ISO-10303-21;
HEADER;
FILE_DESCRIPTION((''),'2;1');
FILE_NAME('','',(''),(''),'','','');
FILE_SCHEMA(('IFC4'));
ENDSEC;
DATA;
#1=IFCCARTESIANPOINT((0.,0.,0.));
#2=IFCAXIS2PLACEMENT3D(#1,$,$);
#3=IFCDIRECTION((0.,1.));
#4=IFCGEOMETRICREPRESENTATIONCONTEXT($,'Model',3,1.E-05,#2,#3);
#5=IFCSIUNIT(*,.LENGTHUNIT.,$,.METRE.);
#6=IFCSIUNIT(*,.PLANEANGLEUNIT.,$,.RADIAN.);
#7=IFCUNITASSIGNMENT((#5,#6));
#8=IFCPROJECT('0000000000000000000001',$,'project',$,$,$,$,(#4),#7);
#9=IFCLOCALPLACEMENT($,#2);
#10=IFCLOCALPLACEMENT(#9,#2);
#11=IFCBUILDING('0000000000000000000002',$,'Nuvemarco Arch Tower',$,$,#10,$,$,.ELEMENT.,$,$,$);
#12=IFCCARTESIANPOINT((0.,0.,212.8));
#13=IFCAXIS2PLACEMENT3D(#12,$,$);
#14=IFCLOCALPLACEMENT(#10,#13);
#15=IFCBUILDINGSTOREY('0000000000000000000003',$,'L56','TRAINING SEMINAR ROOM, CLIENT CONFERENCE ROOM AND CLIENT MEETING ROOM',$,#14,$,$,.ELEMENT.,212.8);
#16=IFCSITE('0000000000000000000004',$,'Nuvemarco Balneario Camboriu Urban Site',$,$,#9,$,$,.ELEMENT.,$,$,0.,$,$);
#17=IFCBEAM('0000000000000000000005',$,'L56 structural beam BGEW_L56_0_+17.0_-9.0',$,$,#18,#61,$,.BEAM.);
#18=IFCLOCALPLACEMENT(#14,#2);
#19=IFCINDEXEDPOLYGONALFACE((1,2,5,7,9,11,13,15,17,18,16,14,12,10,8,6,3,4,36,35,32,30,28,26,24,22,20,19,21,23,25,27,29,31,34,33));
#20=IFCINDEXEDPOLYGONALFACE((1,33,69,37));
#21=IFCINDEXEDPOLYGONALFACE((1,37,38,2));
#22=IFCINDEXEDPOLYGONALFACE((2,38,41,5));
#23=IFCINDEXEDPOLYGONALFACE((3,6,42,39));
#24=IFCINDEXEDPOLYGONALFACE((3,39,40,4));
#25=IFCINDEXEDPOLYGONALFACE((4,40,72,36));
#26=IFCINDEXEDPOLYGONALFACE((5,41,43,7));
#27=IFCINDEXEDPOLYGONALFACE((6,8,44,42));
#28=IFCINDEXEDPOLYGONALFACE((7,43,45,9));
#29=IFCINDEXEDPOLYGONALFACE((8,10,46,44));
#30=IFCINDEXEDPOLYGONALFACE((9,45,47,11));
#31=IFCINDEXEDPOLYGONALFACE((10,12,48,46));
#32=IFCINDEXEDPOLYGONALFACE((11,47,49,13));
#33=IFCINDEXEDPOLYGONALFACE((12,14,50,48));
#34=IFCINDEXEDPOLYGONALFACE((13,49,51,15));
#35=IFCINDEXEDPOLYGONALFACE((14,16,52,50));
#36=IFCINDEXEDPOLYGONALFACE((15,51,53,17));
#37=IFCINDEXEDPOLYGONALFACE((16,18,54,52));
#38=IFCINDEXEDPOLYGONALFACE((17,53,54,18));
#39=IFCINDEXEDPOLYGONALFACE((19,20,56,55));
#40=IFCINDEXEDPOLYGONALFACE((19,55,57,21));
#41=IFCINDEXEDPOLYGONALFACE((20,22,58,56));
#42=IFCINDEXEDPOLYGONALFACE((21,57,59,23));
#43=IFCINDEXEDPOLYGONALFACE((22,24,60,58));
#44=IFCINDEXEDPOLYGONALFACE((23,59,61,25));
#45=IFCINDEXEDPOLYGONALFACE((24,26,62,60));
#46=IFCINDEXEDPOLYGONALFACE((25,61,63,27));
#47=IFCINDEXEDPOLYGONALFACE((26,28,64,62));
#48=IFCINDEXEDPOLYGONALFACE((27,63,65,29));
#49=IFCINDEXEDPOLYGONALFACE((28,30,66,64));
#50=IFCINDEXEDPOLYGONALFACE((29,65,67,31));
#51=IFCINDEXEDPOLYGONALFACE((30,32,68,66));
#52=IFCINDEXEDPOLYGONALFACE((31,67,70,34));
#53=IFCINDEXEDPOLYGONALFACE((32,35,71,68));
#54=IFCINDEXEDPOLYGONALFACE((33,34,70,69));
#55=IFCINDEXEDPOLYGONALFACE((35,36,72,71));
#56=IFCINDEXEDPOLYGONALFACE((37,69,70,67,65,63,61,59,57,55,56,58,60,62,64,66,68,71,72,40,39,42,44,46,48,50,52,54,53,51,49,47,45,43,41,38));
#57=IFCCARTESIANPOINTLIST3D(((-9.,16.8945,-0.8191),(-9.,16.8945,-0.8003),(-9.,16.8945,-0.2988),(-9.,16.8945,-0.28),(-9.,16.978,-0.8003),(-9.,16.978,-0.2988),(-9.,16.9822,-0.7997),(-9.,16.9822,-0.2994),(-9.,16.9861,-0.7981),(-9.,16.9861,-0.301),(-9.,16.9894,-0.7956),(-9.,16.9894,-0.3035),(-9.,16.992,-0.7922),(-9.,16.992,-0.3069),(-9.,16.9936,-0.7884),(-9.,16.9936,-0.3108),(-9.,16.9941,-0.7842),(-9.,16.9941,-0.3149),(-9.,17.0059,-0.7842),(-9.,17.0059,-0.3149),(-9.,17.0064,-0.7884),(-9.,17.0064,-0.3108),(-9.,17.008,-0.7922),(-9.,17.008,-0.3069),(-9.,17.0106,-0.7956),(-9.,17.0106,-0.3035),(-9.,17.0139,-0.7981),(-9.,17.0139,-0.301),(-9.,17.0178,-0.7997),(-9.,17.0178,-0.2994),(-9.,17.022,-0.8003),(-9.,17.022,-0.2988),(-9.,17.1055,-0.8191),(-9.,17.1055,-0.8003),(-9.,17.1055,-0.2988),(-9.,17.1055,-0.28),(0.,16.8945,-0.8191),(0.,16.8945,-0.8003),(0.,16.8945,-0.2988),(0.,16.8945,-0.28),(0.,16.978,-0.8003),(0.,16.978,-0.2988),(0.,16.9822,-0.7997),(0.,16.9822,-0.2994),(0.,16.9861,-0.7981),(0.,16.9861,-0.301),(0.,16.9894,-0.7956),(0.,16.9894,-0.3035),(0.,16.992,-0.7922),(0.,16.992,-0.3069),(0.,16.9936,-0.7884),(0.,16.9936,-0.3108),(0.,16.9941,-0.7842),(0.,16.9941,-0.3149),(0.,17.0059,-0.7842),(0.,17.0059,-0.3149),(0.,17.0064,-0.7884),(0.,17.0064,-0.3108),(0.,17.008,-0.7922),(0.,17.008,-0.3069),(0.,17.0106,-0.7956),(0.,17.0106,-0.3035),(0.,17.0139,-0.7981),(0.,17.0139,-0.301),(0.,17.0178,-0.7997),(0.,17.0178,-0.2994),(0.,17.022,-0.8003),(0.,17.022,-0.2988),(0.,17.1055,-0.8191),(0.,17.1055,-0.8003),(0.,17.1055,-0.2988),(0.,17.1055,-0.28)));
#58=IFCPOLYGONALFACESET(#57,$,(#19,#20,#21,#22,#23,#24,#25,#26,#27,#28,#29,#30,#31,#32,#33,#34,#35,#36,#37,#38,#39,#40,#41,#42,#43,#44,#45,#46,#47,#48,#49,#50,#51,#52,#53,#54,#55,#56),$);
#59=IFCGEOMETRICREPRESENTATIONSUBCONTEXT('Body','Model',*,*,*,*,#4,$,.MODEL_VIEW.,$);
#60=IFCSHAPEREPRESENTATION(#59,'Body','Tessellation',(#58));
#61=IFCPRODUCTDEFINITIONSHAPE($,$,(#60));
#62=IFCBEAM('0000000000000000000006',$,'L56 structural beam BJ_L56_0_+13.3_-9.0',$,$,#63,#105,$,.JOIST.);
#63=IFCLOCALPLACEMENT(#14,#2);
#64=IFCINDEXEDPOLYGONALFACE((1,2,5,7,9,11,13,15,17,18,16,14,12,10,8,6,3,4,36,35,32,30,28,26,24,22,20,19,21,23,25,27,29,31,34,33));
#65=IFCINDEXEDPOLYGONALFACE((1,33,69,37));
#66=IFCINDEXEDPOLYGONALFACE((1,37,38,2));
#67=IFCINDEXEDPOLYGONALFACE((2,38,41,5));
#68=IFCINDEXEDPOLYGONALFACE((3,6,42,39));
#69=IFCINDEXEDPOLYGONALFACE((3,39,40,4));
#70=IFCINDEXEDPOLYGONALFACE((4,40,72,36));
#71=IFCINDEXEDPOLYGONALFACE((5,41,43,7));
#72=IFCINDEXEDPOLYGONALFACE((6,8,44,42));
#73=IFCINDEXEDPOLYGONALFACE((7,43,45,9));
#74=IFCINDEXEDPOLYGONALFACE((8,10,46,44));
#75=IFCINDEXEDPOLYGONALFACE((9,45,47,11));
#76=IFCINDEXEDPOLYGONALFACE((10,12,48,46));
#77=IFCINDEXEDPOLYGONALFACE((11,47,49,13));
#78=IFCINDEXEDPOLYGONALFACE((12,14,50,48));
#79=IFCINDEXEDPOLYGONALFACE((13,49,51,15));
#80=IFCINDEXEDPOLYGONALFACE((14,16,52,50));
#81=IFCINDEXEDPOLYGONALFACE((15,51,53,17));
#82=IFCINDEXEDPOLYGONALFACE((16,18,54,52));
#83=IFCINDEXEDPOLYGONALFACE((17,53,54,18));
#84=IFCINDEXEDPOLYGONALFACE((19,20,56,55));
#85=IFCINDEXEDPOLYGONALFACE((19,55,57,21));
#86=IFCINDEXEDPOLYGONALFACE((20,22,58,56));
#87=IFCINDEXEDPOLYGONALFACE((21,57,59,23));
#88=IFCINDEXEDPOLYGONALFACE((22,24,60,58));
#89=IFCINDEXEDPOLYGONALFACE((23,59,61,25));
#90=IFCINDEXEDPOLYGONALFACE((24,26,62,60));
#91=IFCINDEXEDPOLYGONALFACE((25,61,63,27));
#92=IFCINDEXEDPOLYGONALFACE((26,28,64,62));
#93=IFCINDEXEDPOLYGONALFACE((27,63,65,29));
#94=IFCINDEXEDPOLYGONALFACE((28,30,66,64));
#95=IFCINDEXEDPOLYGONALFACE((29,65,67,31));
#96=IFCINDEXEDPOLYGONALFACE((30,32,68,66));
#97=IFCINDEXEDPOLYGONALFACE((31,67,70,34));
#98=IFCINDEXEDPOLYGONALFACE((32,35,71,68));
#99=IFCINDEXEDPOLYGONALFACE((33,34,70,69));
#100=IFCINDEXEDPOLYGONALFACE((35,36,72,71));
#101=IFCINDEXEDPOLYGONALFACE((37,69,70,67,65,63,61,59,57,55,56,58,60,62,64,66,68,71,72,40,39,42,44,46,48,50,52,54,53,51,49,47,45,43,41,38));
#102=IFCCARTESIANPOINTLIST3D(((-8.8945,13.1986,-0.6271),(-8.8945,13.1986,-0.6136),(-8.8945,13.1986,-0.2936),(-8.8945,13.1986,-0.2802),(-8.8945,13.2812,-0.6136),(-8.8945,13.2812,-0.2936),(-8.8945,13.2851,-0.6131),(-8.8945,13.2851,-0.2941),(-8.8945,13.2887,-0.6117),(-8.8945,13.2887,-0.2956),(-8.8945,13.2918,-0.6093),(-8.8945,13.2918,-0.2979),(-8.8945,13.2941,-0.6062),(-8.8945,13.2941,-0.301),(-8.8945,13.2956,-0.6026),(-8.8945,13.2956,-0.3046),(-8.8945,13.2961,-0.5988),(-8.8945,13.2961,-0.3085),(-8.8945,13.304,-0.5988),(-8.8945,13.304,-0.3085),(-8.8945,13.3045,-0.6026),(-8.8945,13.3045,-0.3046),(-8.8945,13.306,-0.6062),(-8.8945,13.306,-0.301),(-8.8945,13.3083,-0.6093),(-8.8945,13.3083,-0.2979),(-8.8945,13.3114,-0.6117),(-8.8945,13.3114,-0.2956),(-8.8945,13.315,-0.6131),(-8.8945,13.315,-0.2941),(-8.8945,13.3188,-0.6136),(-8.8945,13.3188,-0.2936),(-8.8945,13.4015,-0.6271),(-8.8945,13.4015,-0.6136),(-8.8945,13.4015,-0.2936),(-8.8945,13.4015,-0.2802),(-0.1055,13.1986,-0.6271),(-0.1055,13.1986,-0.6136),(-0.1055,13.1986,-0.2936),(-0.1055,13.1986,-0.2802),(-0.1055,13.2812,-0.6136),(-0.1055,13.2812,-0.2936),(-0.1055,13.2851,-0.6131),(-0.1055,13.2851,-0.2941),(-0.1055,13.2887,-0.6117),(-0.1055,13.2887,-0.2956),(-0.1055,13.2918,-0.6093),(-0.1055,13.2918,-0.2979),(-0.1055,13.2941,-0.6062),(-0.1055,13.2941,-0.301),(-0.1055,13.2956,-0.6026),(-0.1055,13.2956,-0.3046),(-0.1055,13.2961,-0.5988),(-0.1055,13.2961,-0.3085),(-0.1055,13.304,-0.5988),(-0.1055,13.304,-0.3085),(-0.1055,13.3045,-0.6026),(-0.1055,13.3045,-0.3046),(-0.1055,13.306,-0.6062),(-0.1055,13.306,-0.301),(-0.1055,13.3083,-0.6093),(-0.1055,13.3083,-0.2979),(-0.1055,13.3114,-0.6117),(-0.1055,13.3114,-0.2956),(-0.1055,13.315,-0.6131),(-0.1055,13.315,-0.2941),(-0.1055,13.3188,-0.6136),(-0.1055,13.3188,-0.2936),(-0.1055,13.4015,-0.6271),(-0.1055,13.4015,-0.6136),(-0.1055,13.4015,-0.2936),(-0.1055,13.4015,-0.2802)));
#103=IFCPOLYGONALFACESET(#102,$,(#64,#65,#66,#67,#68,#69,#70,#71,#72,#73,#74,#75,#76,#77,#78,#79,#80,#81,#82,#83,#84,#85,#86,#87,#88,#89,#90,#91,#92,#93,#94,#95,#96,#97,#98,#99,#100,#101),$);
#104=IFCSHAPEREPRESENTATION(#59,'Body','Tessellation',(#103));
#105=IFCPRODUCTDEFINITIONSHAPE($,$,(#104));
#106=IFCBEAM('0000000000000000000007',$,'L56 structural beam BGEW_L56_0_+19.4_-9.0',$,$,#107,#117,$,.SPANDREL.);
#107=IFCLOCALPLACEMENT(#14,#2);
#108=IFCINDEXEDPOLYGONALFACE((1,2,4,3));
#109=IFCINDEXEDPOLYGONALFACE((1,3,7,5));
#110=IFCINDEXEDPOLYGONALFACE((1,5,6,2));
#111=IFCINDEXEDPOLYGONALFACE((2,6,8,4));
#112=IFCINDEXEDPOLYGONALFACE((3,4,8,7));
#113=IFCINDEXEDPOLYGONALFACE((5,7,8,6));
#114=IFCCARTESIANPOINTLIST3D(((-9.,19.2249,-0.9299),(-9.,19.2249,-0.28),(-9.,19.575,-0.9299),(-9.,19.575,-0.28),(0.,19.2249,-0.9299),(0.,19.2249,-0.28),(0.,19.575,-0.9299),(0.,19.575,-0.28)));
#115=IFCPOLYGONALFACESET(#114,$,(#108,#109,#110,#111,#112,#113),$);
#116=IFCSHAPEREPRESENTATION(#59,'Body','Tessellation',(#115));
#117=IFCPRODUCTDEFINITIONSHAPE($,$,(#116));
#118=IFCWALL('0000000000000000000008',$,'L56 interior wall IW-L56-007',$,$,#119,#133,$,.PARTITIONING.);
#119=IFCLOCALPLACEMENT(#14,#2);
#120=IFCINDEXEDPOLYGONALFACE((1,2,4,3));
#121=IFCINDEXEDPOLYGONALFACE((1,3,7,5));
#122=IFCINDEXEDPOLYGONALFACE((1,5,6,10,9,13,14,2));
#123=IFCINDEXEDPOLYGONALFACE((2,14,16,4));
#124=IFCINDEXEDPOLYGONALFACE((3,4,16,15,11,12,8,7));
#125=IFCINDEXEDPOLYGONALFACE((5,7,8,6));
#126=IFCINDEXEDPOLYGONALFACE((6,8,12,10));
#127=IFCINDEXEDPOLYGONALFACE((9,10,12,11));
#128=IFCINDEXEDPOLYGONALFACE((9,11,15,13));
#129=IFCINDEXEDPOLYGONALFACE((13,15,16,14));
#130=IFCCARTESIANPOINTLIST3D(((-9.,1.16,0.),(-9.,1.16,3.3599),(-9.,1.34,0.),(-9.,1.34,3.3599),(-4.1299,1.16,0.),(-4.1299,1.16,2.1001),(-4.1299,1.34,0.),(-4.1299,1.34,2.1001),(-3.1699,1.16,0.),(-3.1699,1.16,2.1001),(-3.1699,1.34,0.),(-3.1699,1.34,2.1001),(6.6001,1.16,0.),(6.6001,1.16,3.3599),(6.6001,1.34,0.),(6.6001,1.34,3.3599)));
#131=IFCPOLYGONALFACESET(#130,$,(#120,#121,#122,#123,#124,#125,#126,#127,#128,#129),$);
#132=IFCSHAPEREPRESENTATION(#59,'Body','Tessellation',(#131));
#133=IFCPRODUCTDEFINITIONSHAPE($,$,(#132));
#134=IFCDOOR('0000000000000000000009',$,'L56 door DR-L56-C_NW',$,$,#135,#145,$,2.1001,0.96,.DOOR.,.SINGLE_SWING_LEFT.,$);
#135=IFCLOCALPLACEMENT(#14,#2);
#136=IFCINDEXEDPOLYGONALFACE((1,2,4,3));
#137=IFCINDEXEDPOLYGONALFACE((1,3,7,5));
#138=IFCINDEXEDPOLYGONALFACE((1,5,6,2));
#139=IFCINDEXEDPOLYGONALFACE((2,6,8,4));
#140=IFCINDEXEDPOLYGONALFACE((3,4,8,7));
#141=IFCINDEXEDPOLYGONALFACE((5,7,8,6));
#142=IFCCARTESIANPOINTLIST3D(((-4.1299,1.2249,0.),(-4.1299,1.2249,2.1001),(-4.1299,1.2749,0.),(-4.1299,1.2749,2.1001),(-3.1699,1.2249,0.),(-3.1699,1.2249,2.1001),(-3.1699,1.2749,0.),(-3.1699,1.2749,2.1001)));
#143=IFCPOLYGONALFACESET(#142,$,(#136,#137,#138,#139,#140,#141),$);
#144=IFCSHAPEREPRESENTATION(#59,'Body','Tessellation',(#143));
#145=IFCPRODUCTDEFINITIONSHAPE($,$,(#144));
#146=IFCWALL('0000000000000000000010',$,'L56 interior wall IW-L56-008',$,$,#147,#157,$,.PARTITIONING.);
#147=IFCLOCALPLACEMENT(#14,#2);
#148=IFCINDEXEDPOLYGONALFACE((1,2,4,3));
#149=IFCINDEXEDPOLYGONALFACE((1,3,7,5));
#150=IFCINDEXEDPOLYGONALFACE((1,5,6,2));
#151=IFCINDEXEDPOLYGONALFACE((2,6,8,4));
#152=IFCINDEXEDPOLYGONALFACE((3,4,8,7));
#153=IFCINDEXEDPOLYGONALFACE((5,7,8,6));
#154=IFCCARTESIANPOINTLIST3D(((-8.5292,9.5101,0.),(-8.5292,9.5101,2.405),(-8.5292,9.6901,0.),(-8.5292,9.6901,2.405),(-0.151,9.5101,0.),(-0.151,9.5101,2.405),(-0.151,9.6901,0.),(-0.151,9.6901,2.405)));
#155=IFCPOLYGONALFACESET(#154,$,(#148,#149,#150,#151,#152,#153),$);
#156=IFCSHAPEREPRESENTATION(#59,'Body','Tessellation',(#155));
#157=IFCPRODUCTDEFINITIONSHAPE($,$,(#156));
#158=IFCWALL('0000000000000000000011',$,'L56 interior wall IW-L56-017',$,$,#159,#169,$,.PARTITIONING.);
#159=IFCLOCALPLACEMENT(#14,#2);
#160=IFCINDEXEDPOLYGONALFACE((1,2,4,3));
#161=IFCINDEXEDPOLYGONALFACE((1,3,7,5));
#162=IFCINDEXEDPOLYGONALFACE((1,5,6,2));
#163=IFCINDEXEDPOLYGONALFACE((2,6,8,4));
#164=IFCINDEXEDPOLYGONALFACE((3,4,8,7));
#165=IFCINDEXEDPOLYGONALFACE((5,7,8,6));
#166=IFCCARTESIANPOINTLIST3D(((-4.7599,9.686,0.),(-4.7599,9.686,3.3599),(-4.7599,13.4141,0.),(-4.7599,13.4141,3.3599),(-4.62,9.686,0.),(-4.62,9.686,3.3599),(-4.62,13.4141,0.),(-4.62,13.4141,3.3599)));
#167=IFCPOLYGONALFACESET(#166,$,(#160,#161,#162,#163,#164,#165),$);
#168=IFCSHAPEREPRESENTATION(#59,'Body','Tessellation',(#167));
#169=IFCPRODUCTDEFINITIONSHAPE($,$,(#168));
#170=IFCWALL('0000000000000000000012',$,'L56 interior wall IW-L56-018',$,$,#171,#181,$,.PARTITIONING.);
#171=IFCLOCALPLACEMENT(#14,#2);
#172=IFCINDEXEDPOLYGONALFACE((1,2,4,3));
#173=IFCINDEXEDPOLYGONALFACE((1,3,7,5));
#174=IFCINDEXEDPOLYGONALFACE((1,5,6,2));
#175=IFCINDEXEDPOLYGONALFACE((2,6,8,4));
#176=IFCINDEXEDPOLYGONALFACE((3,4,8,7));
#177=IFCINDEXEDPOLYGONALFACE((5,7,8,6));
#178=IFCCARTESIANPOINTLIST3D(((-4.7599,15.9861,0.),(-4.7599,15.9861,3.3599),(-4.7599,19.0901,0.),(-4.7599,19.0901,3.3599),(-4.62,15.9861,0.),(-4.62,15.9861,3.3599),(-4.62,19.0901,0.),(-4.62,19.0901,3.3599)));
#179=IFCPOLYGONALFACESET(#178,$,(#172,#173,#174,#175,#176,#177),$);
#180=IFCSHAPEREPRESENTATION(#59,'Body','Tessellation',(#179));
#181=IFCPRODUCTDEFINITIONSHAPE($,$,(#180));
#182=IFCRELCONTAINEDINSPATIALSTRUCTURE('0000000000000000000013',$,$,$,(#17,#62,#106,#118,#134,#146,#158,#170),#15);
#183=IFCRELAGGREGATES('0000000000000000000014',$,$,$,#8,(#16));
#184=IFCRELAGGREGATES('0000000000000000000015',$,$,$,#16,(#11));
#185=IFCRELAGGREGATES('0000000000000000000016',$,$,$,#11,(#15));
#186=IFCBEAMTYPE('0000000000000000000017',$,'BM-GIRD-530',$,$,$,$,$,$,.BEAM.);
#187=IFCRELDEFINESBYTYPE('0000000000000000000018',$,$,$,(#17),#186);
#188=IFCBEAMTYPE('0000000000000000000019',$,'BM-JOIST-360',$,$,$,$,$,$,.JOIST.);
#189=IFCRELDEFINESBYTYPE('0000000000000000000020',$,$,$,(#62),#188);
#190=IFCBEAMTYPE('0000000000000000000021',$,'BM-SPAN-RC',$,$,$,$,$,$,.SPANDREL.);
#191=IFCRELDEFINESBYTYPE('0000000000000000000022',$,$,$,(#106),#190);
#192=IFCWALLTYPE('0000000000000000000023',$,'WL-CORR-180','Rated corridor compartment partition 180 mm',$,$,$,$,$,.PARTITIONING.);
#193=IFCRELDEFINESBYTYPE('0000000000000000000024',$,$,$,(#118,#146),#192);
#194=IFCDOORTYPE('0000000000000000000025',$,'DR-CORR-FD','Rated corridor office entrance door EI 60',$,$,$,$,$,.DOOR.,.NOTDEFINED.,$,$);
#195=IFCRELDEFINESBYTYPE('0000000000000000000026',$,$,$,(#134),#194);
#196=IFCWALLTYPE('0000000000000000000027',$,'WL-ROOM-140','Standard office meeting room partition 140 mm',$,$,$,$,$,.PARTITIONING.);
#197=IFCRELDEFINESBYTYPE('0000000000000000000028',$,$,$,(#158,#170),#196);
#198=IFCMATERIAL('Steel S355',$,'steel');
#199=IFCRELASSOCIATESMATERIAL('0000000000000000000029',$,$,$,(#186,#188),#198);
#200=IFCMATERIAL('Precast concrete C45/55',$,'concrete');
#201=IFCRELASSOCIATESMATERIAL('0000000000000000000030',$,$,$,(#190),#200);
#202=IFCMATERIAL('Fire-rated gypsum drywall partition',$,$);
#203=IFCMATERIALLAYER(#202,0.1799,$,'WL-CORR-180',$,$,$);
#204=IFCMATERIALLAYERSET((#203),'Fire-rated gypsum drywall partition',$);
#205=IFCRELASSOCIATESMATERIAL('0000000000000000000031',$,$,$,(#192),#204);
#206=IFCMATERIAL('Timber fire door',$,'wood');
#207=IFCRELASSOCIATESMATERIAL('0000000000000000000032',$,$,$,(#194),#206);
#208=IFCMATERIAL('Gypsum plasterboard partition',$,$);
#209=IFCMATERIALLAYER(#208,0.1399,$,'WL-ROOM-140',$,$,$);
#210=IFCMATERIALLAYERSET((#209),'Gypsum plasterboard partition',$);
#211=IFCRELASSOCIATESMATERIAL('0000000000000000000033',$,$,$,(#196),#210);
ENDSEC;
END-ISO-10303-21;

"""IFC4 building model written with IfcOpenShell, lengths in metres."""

from ifc_helpers import new_model, si_unit, direction, frame, frame_2d, origin, origin_2d, place, context, subcontext, project, spatial, rectangle, i_section, extrude, source, transform, mapped, material, layer, layer_set, material_profile, profile_set, type_object, type_shapes, element, fill, save


model = new_model("IFC4")

# Units and contexts
model_context = context("Model", 3, precision=1e-05, world=origin(), true_north=direction((0.0, 1.0)))
body_context = subcontext(model_context, "Body", "Model", "MODEL_VIEW")
ifc_project = project(units=[si_unit("LENGTHUNIT", "METRE"), si_unit("PLANEANGLEUNIT", "RADIAN")], contexts=[model_context])

# Site, building, storey
site_placement = place(None, origin())
site = spatial("IfcSite", under=ifc_project, at=site_placement, Name="Nuvemarco Balneario Camboriu Urban Site", CompositionType="ELEMENT", RefElevation=0.0)
building_placement = place(site_placement, origin())
building = spatial("IfcBuilding", under=site, at=building_placement, Name="Nuvemarco Arch Tower", CompositionType="ELEMENT")
storey_placement = place(building_placement, frame((0.0, 0.0, 212.8)))
storey = spatial("IfcBuildingStorey", under=building, at=storey_placement, Name="L56", Description="TRAINING SEMINAR ROOM, CLIENT CONFERENCE ROOM AND CLIENT MEETING ROOM", CompositionType="ELEMENT", Elevation=212.8)

# Shared definitions
ifc_material_1 = material(Name="Steel S355", Category="steel")

# Beams
ifc_material_profile_1 = material_profile(ifc_material_1, i_section(OverallWidth=0.2109, OverallDepth=0.5391, WebThickness=0.0117, FlangeThickness=0.0188, FilletRadius=0.0161, at=origin_2d()), Name="W530x109")
ifc_profile_set_1 = profile_set([ifc_material_profile_1], Name="Steel S355")
beam_type_1 = type_object("IfcBeamType", Name="BM-GIRD-530", PredefinedType="BEAM", material=ifc_profile_set_1)
beam_1_placement = place(storey_placement, frame((-9.0, 17.0, -0.5496), z_axis=(1.0, 0.0, 0.0), x_axis=(0.0, 1.0, 0.0)))
element("IfcBeam", 1, at=beam_1_placement, inside=storey, type_object=beam_type_1, Name="L56 structural beam BGEW_L56_0_+17.0_-9.0", PredefinedType="BEAM", context=body_context, shape_type="SweptSolid", body=[
    extrude(i_section(OverallWidth=0.2109, OverallDepth=0.5391, WebThickness=0.0117, FlangeThickness=0.0188, FilletRadius=0.0161, at=origin_2d()), origin(), (0.0, 0.0, 1.0), 9.0),
])
ifc_material_profile_2 = material_profile(ifc_material_1, i_section(OverallWidth=0.2029, OverallDepth=0.3469, WebThickness=0.0078, FlangeThickness=0.0134, FilletRadius=0.0149, at=origin_2d()), Name="W360x64")
ifc_profile_set_2 = profile_set([ifc_material_profile_2], Name="Steel S355")
beam_type_2 = type_object("IfcBeamType", Name="BM-JOIST-360", PredefinedType="JOIST", material=ifc_profile_set_2)
beam_2_placement = place(storey_placement, frame((-8.8945, 13.3, -0.4536), z_axis=(1.0, 0.0, 0.0), x_axis=(0.0, 1.0, 0.0)))
element("IfcBeam", 2, at=beam_2_placement, inside=storey, type_object=beam_type_2, Name="L56 structural beam BJ_L56_0_+13.3_-9.0", PredefinedType="JOIST", context=body_context, shape_type="SweptSolid", body=[
    extrude(i_section(OverallWidth=0.2029, OverallDepth=0.3469, WebThickness=0.0078, FlangeThickness=0.0134, FilletRadius=0.0149, at=origin_2d()), origin(), (0.0, 0.0, 1.0), 8.7891),
])
ifc_material_2 = material(Name="Precast concrete C45/55", Category="concrete")
ifc_material_profile_3 = material_profile(ifc_material_2, rectangle(XDim=0.3501, YDim=0.6499, at=origin_2d()), Name="PC-SP-350x650")
ifc_profile_set_3 = profile_set([ifc_material_profile_3], Name="Precast concrete C45/55")
beam_type_3 = type_object("IfcBeamType", Name="BM-SPAN-RC", PredefinedType="SPANDREL", material=ifc_profile_set_3)
beam_3_placement = place(storey_placement, frame((-9.0, 19.3999, -0.605), z_axis=(1.0, 0.0, 0.0), x_axis=(0.0, 1.0, 0.0)))
element("IfcBeam", 3, at=beam_3_placement, inside=storey, type_object=beam_type_3, Name="L56 structural beam BGEW_L56_0_+19.4_-9.0", PredefinedType="SPANDREL", context=body_context, shape_type="SweptSolid", body=[
    extrude(rectangle(XDim=0.3501, YDim=0.6499, at=origin_2d()), origin(), (0.0, 0.0, 1.0), 9.0),
])

# Wall, opening, door
ifc_material_3 = material(Name="Fire-rated gypsum drywall partition")
ifc_layer_1 = layer(ifc_material_3, 0.1799, Name="WL-CORR-180")
ifc_layer_set_1 = layer_set([ifc_layer_1], Name="Fire-rated gypsum drywall partition")
wall_type_1 = type_object("IfcWallType", Name="WL-CORR-180", Description="Rated corridor compartment partition 180 mm", PredefinedType="PARTITIONING", material=ifc_layer_set_1)
wall_1_placement = place(storey_placement, frame((-9.0, 1.25, 0.0), z_axis=(0.0, 0.0, 1.0), x_axis=(1.0, 0.0, 0.0)))
wall_1 = element("IfcWall", 4, at=wall_1_placement, inside=storey, type_object=wall_type_1, Name="L56 interior wall IW-L56-007", PredefinedType="PARTITIONING", context=body_context, shape_type="SweptSolid", body=[
    extrude(rectangle(XDim=15.6001, YDim=0.1799, at=frame_2d((7.8, 0.0))), origin(), (0.0, 0.0, 1.0), 3.3599),
])
opening_1_placement = place(wall_1_placement, frame((4.8701, 0.0, 0.0)))
opening_1 = element("IfcOpeningElement", 5, at=opening_1_placement, cuts=wall_1, PredefinedType="OPENING", context=body_context, shape_type="SweptSolid", body=[
    extrude(rectangle(XDim=0.96, YDim=2.1001, at=frame_2d((0.48, 1.05))), frame((0.0, 0.0999, 0.0), z_axis=(0.0, -1.0, 0.0), x_axis=(1.0, 0.0, 0.0)), (0.0, 0.0, 1.0), 0.2),
])
ifc_material_4 = material(Name="Timber fire door", Category="wood")
door_type_1 = type_object("IfcDoorType", Name="DR-CORR-FD", Description="Rated corridor office entrance door EI 60", OperationType="NOTDEFINED", PredefinedType="DOOR", material=ifc_material_4)
shared_shape_1 = source(origin(), body_context, "Body", "SweptSolid", [
    extrude(rectangle(XDim=0.96, YDim=2.1001, at=frame_2d((0.48, 1.05))), frame((0.0, 0.0249, 0.0), z_axis=(0.0, -1.0, 0.0), x_axis=(1.0, 0.0, 0.0)), (0.0, 0.0, 1.0), 0.05),
])
type_shapes(door_type_1, [shared_shape_1])
door_1_placement = place(opening_1_placement, origin())
door_1 = element("IfcDoor", 6, at=door_1_placement, inside=storey, type_object=door_type_1, Name="L56 door DR-L56-C_NW", OperationType="SINGLE_SWING_LEFT", OverallHeight=2.1001, OverallWidth=0.96, PredefinedType="DOOR", context=body_context, shape_type="MappedRepresentation", body=[
    mapped(shared_shape_1, transform((0.0, 0.0, 0.0), scale=1.0)),
])
fill(opening_1, door_1)

# Walls
wall_2_placement = place(storey_placement, frame((-8.5291, 9.6001, 0.0), z_axis=(0.0, 0.0, 1.0), x_axis=(1.0, 0.0, 0.0)))
element("IfcWall", 7, at=wall_2_placement, inside=storey, type_object=wall_type_1, Name="L56 interior wall IW-L56-008", PredefinedType="PARTITIONING", context=body_context, shape_type="SweptSolid", body=[
    extrude(rectangle(XDim=8.3782, YDim=0.1799, at=frame_2d((4.189, 0.0))), origin(), (0.0, 0.0, 1.0), 2.405),
])
ifc_material_5 = material(Name="Gypsum plasterboard partition")
ifc_layer_2 = layer(ifc_material_5, 0.1399, Name="WL-ROOM-140")
ifc_layer_set_2 = layer_set([ifc_layer_2], Name="Gypsum plasterboard partition")
wall_type_2 = type_object("IfcWallType", Name="WL-ROOM-140", Description="Standard office meeting room partition 140 mm", PredefinedType="PARTITIONING", material=ifc_layer_set_2)
wall_3_placement = place(storey_placement, frame((-4.6899, 9.686, 0.0), z_axis=(0.0, 0.0, 1.0), x_axis=(0.0, 1.0, 0.0)))
element("IfcWall", 8, at=wall_3_placement, inside=storey, type_object=wall_type_2, Name="L56 interior wall IW-L56-017", PredefinedType="PARTITIONING", context=body_context, shape_type="SweptSolid", body=[
    extrude(rectangle(XDim=3.728, YDim=0.1399, at=frame_2d((1.864, 0.0))), origin(), (0.0, 0.0, 1.0), 3.3599),
])
wall_4_placement = place(storey_placement, frame((-4.6899, 15.9861, 0.0), z_axis=(0.0, 0.0, 1.0), x_axis=(0.0, 1.0, 0.0)))
element("IfcWall", 9, at=wall_4_placement, inside=storey, type_object=wall_type_2, Name="L56 interior wall IW-L56-018", PredefinedType="PARTITIONING", context=body_context, shape_type="SweptSolid", body=[
    extrude(rectangle(XDim=3.104, YDim=0.1399, at=frame_2d((1.552, 0.0))), origin(), (0.0, 0.0, 1.0), 3.3599),
])

save(model, "model.ifc")
